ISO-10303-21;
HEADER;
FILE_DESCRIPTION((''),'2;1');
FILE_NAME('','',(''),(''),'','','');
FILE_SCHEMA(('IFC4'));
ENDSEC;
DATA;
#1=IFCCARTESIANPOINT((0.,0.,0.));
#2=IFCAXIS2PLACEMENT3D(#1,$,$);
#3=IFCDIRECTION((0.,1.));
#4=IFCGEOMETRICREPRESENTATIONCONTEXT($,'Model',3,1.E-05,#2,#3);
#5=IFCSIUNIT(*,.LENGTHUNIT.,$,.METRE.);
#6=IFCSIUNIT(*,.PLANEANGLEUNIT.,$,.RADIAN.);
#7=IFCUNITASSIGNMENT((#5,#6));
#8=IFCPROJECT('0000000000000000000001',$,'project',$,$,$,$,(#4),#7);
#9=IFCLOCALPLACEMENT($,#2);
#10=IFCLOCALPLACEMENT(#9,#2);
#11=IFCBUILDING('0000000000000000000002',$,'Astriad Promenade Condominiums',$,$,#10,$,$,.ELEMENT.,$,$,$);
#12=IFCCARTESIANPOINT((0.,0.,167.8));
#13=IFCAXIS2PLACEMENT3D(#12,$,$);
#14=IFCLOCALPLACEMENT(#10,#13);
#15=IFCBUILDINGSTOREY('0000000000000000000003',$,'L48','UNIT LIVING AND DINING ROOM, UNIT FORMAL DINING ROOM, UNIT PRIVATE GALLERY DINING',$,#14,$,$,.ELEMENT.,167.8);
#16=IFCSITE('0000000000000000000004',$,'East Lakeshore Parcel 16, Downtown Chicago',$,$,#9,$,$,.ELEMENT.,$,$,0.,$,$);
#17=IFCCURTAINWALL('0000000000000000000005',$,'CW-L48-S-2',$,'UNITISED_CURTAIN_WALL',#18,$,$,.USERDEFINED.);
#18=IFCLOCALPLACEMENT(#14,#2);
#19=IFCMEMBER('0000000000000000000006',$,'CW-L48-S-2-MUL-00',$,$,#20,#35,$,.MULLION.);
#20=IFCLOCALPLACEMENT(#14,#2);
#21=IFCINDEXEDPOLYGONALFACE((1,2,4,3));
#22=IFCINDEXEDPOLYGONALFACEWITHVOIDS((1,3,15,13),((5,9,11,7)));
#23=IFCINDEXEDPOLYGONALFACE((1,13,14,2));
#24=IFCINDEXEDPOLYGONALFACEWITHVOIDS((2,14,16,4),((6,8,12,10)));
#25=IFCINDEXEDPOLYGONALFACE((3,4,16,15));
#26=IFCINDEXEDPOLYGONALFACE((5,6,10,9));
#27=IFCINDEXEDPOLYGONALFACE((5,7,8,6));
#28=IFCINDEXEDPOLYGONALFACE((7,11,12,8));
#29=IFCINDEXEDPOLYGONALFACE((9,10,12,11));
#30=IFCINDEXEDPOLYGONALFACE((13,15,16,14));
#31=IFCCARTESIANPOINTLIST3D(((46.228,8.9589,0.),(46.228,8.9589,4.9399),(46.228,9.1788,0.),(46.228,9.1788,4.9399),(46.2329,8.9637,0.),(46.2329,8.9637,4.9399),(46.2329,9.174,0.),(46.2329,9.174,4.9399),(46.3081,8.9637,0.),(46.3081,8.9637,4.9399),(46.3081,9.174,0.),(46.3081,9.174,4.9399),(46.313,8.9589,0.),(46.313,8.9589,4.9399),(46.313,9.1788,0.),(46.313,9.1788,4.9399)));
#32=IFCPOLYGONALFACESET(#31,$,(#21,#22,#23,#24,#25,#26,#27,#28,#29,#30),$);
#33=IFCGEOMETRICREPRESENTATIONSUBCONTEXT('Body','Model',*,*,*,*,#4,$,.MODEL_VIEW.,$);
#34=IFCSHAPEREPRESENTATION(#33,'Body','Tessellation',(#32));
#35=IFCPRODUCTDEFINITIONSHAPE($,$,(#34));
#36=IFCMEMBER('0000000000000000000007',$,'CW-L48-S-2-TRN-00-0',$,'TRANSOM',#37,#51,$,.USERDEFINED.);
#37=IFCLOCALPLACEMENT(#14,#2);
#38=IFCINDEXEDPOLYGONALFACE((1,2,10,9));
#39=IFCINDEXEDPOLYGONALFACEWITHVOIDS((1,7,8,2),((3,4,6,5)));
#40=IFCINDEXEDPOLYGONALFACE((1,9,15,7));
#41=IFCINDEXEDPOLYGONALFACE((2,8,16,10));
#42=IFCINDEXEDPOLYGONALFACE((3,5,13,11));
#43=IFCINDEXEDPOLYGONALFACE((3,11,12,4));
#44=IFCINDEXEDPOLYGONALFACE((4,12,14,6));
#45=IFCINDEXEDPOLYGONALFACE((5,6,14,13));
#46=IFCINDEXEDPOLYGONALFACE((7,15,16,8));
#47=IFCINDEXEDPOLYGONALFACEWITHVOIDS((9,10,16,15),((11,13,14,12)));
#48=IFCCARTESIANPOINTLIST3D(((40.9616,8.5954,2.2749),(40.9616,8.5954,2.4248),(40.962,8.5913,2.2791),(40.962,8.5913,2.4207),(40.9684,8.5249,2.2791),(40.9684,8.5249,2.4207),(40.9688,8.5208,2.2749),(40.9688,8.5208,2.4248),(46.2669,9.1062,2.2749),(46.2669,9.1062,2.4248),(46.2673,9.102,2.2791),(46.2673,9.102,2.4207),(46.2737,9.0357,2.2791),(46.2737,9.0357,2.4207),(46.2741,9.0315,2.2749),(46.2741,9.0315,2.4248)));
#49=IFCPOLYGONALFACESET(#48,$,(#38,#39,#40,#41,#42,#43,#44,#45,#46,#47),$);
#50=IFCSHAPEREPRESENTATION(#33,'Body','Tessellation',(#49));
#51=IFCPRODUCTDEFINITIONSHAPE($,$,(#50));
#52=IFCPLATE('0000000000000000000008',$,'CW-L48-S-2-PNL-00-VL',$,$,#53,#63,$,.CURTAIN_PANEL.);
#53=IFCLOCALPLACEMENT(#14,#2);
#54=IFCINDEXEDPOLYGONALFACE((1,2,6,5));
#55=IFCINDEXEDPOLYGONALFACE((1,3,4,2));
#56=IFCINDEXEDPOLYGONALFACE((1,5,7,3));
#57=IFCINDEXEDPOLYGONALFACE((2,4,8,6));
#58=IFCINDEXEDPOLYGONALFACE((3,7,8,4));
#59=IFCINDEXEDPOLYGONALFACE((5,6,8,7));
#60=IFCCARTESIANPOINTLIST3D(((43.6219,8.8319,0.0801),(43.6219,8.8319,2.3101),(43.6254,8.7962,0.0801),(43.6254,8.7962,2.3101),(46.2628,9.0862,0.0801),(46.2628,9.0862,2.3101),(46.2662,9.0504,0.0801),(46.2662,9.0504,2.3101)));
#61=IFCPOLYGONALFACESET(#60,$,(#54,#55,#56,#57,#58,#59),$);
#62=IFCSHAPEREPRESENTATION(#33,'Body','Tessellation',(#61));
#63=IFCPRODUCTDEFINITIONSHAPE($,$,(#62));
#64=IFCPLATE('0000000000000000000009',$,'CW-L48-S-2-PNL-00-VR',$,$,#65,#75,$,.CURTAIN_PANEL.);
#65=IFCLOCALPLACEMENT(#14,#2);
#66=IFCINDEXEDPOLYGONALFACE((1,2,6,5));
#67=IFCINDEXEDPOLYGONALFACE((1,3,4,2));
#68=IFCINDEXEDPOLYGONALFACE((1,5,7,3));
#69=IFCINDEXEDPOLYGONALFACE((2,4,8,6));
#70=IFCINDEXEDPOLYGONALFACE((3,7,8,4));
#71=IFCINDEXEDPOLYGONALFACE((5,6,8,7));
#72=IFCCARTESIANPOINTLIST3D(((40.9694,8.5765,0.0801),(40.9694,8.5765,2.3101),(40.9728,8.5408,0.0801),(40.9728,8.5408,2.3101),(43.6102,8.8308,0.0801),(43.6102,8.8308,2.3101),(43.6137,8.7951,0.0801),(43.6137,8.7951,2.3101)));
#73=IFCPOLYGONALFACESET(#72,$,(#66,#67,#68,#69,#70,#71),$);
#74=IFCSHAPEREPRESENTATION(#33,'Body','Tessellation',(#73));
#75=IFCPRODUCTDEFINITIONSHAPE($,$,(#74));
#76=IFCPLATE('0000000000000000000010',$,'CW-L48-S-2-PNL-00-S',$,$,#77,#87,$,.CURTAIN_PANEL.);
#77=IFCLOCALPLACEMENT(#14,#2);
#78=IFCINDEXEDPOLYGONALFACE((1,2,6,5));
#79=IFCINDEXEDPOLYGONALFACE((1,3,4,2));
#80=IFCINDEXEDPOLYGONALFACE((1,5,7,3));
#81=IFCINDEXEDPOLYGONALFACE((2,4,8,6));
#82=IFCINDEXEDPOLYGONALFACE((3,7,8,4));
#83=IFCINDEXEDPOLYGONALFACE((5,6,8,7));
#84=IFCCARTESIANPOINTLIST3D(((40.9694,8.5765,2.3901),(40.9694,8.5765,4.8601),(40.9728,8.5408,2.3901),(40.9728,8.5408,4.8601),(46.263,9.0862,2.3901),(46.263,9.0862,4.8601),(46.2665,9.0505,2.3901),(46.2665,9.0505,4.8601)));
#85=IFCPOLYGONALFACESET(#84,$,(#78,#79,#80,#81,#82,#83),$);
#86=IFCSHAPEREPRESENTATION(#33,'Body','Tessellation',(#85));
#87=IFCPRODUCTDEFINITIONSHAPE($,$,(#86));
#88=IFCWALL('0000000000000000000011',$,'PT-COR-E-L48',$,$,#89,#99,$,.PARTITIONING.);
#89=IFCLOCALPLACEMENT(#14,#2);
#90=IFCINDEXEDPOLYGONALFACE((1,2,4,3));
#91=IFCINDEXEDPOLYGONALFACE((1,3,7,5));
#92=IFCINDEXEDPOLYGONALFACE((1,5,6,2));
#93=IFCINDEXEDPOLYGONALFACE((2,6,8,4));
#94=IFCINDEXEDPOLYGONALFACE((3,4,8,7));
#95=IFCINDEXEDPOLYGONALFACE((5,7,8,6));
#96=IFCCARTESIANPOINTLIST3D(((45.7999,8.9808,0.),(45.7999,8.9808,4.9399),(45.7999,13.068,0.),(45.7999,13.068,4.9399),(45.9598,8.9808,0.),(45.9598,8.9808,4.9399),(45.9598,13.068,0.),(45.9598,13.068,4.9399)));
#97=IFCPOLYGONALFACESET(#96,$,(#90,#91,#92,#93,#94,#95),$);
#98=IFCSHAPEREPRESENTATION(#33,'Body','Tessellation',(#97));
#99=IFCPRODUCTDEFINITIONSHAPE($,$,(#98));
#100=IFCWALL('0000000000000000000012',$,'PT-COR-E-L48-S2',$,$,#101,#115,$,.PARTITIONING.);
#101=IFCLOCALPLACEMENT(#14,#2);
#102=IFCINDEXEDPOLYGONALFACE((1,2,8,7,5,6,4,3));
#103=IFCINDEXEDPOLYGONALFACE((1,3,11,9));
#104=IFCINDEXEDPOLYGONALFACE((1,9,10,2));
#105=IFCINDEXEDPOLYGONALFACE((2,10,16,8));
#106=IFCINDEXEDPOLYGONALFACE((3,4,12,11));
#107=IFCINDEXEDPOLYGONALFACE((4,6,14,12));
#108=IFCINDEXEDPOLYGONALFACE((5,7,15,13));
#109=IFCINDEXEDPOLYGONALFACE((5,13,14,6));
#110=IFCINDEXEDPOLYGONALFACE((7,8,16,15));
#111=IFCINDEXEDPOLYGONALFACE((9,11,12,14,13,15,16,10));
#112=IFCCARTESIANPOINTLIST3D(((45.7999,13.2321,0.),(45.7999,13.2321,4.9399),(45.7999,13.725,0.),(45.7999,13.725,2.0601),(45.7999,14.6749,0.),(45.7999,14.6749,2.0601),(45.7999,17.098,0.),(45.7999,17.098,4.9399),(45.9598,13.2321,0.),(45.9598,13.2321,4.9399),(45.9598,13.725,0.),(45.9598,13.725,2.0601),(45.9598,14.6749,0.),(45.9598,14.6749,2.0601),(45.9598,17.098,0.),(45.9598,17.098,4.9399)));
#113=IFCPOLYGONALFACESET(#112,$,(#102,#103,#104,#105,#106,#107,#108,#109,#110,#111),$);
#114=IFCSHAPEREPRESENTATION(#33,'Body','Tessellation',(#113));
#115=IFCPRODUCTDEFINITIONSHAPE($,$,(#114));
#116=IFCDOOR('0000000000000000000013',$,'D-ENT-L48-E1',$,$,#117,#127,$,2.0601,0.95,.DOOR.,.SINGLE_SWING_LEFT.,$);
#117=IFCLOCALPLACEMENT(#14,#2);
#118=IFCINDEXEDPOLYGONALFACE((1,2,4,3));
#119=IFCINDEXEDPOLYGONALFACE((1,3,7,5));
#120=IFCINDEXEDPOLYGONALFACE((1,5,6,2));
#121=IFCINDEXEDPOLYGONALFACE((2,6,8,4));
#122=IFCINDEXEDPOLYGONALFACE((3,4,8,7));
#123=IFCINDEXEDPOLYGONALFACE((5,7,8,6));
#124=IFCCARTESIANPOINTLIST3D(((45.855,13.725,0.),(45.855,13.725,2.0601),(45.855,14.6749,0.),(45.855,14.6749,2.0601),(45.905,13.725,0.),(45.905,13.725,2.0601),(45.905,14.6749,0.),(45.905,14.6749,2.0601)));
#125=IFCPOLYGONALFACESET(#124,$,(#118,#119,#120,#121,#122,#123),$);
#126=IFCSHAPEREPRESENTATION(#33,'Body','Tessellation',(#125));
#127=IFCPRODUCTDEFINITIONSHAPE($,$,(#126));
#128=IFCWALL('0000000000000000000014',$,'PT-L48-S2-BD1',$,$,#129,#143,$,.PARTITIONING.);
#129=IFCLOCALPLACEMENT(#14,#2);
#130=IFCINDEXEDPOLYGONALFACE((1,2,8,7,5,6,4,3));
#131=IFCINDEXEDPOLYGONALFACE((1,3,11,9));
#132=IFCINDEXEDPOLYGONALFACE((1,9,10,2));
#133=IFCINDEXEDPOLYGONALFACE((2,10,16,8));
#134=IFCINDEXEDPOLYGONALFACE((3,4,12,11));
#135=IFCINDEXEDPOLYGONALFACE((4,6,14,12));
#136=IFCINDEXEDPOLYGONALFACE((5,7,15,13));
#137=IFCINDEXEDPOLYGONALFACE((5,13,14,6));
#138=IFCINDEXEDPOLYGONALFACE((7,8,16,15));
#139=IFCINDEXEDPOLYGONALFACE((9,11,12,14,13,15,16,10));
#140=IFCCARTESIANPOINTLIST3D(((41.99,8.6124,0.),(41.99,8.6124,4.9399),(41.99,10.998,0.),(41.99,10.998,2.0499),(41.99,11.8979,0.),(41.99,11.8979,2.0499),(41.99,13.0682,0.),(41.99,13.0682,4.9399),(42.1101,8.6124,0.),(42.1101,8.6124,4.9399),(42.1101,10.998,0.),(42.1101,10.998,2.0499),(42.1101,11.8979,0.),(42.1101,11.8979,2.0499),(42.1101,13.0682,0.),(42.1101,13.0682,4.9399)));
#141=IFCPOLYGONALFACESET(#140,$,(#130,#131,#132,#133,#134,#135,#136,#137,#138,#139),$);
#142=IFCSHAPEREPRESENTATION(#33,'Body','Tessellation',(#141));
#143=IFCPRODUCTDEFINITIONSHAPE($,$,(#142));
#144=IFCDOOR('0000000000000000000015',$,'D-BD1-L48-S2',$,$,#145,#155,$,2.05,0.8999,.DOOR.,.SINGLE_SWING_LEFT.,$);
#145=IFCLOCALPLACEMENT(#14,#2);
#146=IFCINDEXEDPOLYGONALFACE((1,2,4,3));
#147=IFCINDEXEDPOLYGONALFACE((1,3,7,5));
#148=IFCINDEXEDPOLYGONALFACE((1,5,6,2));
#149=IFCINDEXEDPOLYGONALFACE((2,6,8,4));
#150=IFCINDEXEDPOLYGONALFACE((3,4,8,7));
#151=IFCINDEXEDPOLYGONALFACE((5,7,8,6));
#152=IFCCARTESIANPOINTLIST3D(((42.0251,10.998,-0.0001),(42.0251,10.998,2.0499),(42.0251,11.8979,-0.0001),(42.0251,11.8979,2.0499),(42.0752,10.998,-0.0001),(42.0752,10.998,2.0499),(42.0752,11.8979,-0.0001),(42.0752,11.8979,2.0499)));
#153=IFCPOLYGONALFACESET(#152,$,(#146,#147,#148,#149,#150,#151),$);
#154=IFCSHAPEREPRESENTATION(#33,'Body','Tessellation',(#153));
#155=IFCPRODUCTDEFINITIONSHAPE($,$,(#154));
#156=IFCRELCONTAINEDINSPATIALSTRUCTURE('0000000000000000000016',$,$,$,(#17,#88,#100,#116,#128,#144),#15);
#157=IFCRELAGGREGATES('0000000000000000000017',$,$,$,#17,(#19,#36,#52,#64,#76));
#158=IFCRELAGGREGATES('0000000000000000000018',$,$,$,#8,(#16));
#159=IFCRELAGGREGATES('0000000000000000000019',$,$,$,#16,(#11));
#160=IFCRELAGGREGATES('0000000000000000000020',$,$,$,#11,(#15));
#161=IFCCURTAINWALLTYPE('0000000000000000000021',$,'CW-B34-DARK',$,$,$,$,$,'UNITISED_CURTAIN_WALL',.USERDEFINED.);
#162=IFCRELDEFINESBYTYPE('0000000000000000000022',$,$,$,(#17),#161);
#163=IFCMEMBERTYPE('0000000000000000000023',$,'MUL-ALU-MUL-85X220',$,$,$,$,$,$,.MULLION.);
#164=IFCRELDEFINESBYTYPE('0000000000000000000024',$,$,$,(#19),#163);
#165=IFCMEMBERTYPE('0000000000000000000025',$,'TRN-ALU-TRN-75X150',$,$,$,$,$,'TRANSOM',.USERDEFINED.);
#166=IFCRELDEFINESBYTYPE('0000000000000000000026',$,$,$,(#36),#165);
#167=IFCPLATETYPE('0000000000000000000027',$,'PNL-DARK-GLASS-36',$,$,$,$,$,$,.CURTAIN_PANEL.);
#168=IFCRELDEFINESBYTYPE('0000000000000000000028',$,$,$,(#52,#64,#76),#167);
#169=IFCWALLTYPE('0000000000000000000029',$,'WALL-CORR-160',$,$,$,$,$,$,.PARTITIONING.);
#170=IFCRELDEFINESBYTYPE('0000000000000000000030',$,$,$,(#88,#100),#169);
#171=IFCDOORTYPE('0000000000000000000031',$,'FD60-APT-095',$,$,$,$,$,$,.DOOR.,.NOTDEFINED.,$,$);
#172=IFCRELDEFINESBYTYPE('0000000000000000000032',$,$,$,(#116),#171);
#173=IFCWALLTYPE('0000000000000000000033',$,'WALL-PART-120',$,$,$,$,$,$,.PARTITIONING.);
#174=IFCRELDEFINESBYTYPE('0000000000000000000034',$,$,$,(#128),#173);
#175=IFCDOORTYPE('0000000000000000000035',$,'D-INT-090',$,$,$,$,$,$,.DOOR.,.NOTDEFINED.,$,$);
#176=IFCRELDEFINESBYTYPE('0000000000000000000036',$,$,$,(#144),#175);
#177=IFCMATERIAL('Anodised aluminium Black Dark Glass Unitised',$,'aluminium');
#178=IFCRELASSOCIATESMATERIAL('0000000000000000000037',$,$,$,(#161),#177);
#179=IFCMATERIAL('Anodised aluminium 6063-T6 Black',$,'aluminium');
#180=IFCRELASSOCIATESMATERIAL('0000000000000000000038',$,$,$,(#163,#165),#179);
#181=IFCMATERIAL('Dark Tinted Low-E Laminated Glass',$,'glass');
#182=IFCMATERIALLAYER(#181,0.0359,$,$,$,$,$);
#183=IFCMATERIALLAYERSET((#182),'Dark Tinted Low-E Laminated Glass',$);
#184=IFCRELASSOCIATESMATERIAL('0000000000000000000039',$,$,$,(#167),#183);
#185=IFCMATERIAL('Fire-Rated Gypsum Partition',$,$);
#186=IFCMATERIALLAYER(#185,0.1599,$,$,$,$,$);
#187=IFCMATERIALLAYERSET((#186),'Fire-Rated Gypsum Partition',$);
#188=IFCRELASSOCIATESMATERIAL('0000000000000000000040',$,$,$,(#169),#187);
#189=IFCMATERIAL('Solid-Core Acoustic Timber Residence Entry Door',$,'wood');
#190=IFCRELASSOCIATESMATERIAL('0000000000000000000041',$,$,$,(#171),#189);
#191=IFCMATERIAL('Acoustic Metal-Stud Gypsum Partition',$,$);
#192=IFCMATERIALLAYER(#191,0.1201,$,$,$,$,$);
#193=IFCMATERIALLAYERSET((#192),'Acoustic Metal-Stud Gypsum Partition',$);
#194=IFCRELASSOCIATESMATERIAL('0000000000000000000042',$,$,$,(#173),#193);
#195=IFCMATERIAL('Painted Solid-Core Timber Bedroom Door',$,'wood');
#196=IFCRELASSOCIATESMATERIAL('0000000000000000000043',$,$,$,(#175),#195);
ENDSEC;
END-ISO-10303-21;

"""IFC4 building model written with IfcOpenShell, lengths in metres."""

from ifc_helpers import new_model, si_unit, direction, frame, frame_2d, origin, origin_2d, place, context, subcontext, project, spatial, rectangle, hollow_rectangle, extrude, source, transform, mapped, material, layer, layer_set, material_profile, profile_set, type_object, type_shapes, element, fill, aggregate, save


model = new_model("IFC4")

# Units and contexts
model_context = context("Model", 3, precision=1e-05, world=origin(), true_north=direction((0.0, 1.0)))
body_context = subcontext(model_context, "Body", "Model", "MODEL_VIEW")
ifc_project = project(units=[si_unit("LENGTHUNIT", "METRE"), si_unit("PLANEANGLEUNIT", "RADIAN")], contexts=[model_context])

# Site, building, storey
site_placement = place(None, origin())
site = spatial("IfcSite", under=ifc_project, at=site_placement, Name="East Lakeshore Parcel 16, Downtown Chicago", CompositionType="ELEMENT", RefElevation=0.0)
building_placement = place(site_placement, origin())
building = spatial("IfcBuilding", under=site, at=building_placement, Name="Astriad Promenade Condominiums", CompositionType="ELEMENT")
storey_placement = place(building_placement, frame((0.0, 0.0, 167.8)))
storey = spatial("IfcBuildingStorey", under=building, at=storey_placement, Name="L48", Description="UNIT LIVING AND DINING ROOM, UNIT FORMAL DINING ROOM, UNIT PRIVATE GALLERY DINING", CompositionType="ELEMENT", Elevation=167.8)

# Curtain wall, members, plates
ifc_material_1 = material(Name="Anodised aluminium Black Dark Glass Unitised", Category="aluminium")
curtain_wall_type = type_object("IfcCurtainWallType", Name="CW-B34-DARK", ElementType="UNITISED_CURTAIN_WALL", PredefinedType="USERDEFINED", material=ifc_material_1)
curtain_wall_placement = place(storey_placement, origin())
curtain_wall = element("IfcCurtainWall", 1, at=curtain_wall_placement, inside=storey, type_object=curtain_wall_type, Name="CW-L48-S-2", ObjectType="UNITISED_CURTAIN_WALL", PredefinedType="USERDEFINED")
ifc_material_2 = material(Name="Anodised aluminium 6063-T6 Black", Category="aluminium")
ifc_material_profile_1 = material_profile(ifc_material_2, hollow_rectangle(XDim=0.085, YDim=0.22, WallThickness=0.0049, at=origin_2d()), Name="ALU-MUL-85X220")
ifc_profile_set_1 = profile_set([ifc_material_profile_1], Name="Anodised aluminium 6063-T6 Black")
member_type_1 = type_object("IfcMemberType", Name="MUL-ALU-MUL-85X220", PredefinedType="MULLION", material=ifc_profile_set_1)
shared_shape_1 = source(origin(), body_context, "Body", "SweptSolid", [
    extrude(hollow_rectangle(XDim=0.085, YDim=0.22, WallThickness=0.0049, at=origin_2d()), origin(), (0.0, 0.0, 1.0), 4.9399),
])
type_shapes(member_type_1, [shared_shape_1])
member_1_placement = place(storey_placement, frame((46.2705, 9.0688, 0.0), z_axis=(0.0, 0.0, 1.0), x_axis=(1.0, 0.0, 0.0)))
member_1 = element("IfcMember", 2, at=member_1_placement, type_object=member_type_1, Name="CW-L48-S-2-MUL-00", PredefinedType="MULLION", context=body_context, shape_type="MappedRepresentation", body=[
    mapped(shared_shape_1, transform((0.0, 0.0, 0.0), scale=1.0)),
])
ifc_material_profile_2 = material_profile(ifc_material_2, hollow_rectangle(XDim=0.075, YDim=0.1499, WallThickness=0.0042, at=origin_2d()), Name="ALU-TRN-75X150")
ifc_profile_set_2 = profile_set([ifc_material_profile_2], Name="Anodised aluminium 6063-T6 Black")
member_type_2 = type_object("IfcMemberType", Name="TRN-ALU-TRN-75X150", ElementType="TRANSOM", PredefinedType="USERDEFINED", material=ifc_profile_set_2)
shared_shape_2 = source(origin(), body_context, "Body", "SweptSolid", [
    extrude(hollow_rectangle(XDim=0.075, YDim=0.1499, WallThickness=0.0042, at=origin_2d()), origin(), (0.0, 0.0, 1.0), 5.3298),
])
type_shapes(member_type_2, [shared_shape_2])
member_2_placement = place(storey_placement, frame((46.2705, 9.0688, 2.3499), z_axis=(-0.995398, -0.095825, 0.0), x_axis=(0.095825, -0.995398, 0.0)))
member_2 = element("IfcMember", 3, at=member_2_placement, type_object=member_type_2, Name="CW-L48-S-2-TRN-00-0", ObjectType="TRANSOM", PredefinedType="USERDEFINED", context=body_context, shape_type="MappedRepresentation", body=[
    mapped(shared_shape_2, transform((0.0, 0.0, 0.0), scale=1.0)),
])
ifc_material_3 = material(Name="Dark Tinted Low-E Laminated Glass", Category="glass")
ifc_layer_1 = layer(ifc_material_3, 0.0359)
ifc_layer_set_1 = layer_set([ifc_layer_1], Name="Dark Tinted Low-E Laminated Glass")
plate_type = type_object("IfcPlateType", Name="PNL-DARK-GLASS-36", PredefinedType="CURTAIN_PANEL", material=ifc_layer_set_1)
shared_shape_3 = source(origin(), body_context, "Body", "SweptSolid", [
    extrude(rectangle(XDim=2.6531, YDim=0.0359, at=origin_2d()), origin(), (0.0, 0.0, 1.0), 2.23),
])
plate_1_placement = place(storey_placement, frame((44.9441, 8.9412, 0.0801), z_axis=(0.0, 0.0, 1.0), x_axis=(-0.995396, -0.095846, 0.0)))
plate_1 = element("IfcPlate", 4, at=plate_1_placement, type_object=plate_type, Name="CW-L48-S-2-PNL-00-VL", PredefinedType="CURTAIN_PANEL", context=body_context, shape_type="MappedRepresentation", body=[
    mapped(shared_shape_3, transform((0.0, 0.0, 0.0), scale=1.0)),
])
plate_2_placement = place(storey_placement, frame((42.2915, 8.6858, 0.0801), z_axis=(0.0, 0.0, 1.0), x_axis=(-0.995396, -0.095846, 0.0)))
plate_2 = element("IfcPlate", 5, at=plate_2_placement, type_object=plate_type, Name="CW-L48-S-2-PNL-00-VR", PredefinedType="CURTAIN_PANEL", context=body_context, shape_type="MappedRepresentation", body=[
    mapped(shared_shape_3, transform((0.0, 0.0, 0.0), scale=1.0)),
])
shared_shape_4 = source(origin(), body_context, "Body", "SweptSolid", [
    extrude(rectangle(XDim=5.3181, YDim=0.0359, at=origin_2d()), origin(), (0.0, 0.0, 1.0), 2.47),
])
type_shapes(plate_type, [shared_shape_3, shared_shape_4])
plate_3_placement = place(storey_placement, frame((43.6179, 8.8135, 2.3901), z_axis=(0.0, 0.0, 1.0), x_axis=(-0.995396, -0.095846, 0.0)))
plate_3 = element("IfcPlate", 6, at=plate_3_placement, type_object=plate_type, Name="CW-L48-S-2-PNL-00-S", PredefinedType="CURTAIN_PANEL", context=body_context, shape_type="MappedRepresentation", body=[
    mapped(shared_shape_4, transform((0.0, 0.0, 0.0), scale=1.0)),
])
aggregate(curtain_wall, [member_1, member_2, plate_1, plate_2, plate_3])

# Wall
ifc_material_4 = material(Name="Fire-Rated Gypsum Partition")
ifc_layer_2 = layer(ifc_material_4, 0.1599)
ifc_layer_set_2 = layer_set([ifc_layer_2], Name="Fire-Rated Gypsum Partition")
wall_type_1 = type_object("IfcWallType", Name="WALL-CORR-160", PredefinedType="PARTITIONING", material=ifc_layer_set_2)
wall_1_placement = place(storey_placement, frame((45.8799, 8.981, 0.0), z_axis=(0.0, 0.0, 1.0), x_axis=(0.0, 1.0, 0.0)))
element("IfcWall", 7, at=wall_1_placement, inside=storey, type_object=wall_type_1, Name="PT-COR-E-L48", PredefinedType="PARTITIONING", context=body_context, shape_type="SweptSolid", body=[
    extrude(rectangle(XDim=4.0872, YDim=0.1599, at=frame_2d((2.0435, 0.0))), origin(), (0.0, 0.0, 1.0), 4.9399),
])

# Walls, openings, doors
wall_2_placement = place(storey_placement, frame((45.8799, 13.2319, 0.0), z_axis=(0.0, 0.0, 1.0), x_axis=(0.0, 1.0, 0.0)))
wall_2 = element("IfcWall", 8, at=wall_2_placement, inside=storey, type_object=wall_type_1, Name="PT-COR-E-L48-S2", PredefinedType="PARTITIONING", context=body_context, shape_type="SweptSolid", body=[
    extrude(rectangle(XDim=3.866, YDim=0.1599, at=frame_2d((1.9331, 0.0))), origin(), (0.0, 0.0, 1.0), 4.9399),
])
opening_1_placement = place(wall_2_placement, frame((0.4929, 0.0, 0.0)))
opening_1 = element("IfcOpeningElement", 9, at=opening_1_placement, cuts=wall_2, PredefinedType="OPENING", context=body_context, shape_type="SweptSolid", body=[
    extrude(rectangle(XDim=0.95, YDim=2.0601, at=frame_2d((0.4751, 1.03))), frame((0.0, 0.0898, 0.0), z_axis=(0.0, -1.0, 0.0), x_axis=(1.0, 0.0, 0.0)), (0.0, 0.0, 1.0), 0.1799),
])
ifc_material_5 = material(Name="Solid-Core Acoustic Timber Residence Entry Door", Category="wood")
door_type_1 = type_object("IfcDoorType", Name="FD60-APT-095", OperationType="NOTDEFINED", PredefinedType="DOOR", material=ifc_material_5)
shared_shape_5 = source(origin(), body_context, "Body", "SweptSolid", [
    extrude(rectangle(XDim=0.95, YDim=2.0601, at=frame_2d((0.4751, 1.03))), frame((0.0, 0.0249, 0.0), z_axis=(0.0, -1.0, 0.0), x_axis=(1.0, 0.0, 0.0)), (0.0, 0.0, 1.0), 0.05),
])
type_shapes(door_type_1, [shared_shape_5])
door_1_placement = place(opening_1_placement, origin())
door_1 = element("IfcDoor", 10, at=door_1_placement, inside=storey, type_object=door_type_1, Name="D-ENT-L48-E1", OperationType="SINGLE_SWING_LEFT", OverallHeight=2.0601, OverallWidth=0.95, PredefinedType="DOOR", context=body_context, shape_type="MappedRepresentation", body=[
    mapped(shared_shape_5, transform((0.0, 0.0, 0.0), scale=1.0)),
])
fill(opening_1, door_1)
ifc_material_6 = material(Name="Acoustic Metal-Stud Gypsum Partition")
ifc_layer_3 = layer(ifc_material_6, 0.1201)
ifc_layer_set_3 = layer_set([ifc_layer_3], Name="Acoustic Metal-Stud Gypsum Partition")
wall_type_2 = type_object("IfcWallType", Name="WALL-PART-120", PredefinedType="PARTITIONING", material=ifc_layer_set_3)
wall_3_placement = place(storey_placement, frame((42.05, 8.6123, 0.0), z_axis=(0.0, 0.0, 1.0), x_axis=(0.0, 1.0, 0.0)))
wall_3 = element("IfcWall", 11, at=wall_3_placement, inside=storey, type_object=wall_type_2, Name="PT-L48-S2-BD1", PredefinedType="PARTITIONING", context=body_context, shape_type="SweptSolid", body=[
    extrude(rectangle(XDim=4.4558, YDim=0.1201, at=frame_2d((2.228, 0.0))), origin(), (0.0, 0.0, 1.0), 4.9399),
])
opening_2_placement = place(wall_3_placement, frame((2.3857, 0.0, 0.0)))
opening_2 = element("IfcOpeningElement", 12, at=opening_2_placement, cuts=wall_3, PredefinedType="OPENING", context=body_context, shape_type="SweptSolid", body=[
    extrude(rectangle(XDim=0.8999, YDim=2.05, at=frame_2d((0.45, 1.0249))), frame((0.0, 0.0701, 0.0), z_axis=(0.0, -1.0, 0.0), x_axis=(1.0, 0.0, 0.0)), (0.0, 0.0, 1.0), 0.1401),
])
ifc_material_7 = material(Name="Painted Solid-Core Timber Bedroom Door", Category="wood")
door_type_2 = type_object("IfcDoorType", Name="D-INT-090", OperationType="NOTDEFINED", PredefinedType="DOOR", material=ifc_material_7)
shared_shape_6 = source(origin(), body_context, "Body", "SweptSolid", [
    extrude(rectangle(XDim=0.8999, YDim=2.05, at=frame_2d((0.45, 1.0249))), frame((0.0, 0.0249, 0.0), z_axis=(0.0, -1.0, 0.0), x_axis=(1.0, 0.0, 0.0)), (0.0, 0.0, 1.0), 0.05),
])
type_shapes(door_type_2, [shared_shape_6])
door_2_placement = place(opening_2_placement, origin())
door_2 = element("IfcDoor", 13, at=door_2_placement, inside=storey, type_object=door_type_2, Name="D-BD1-L48-S2", OperationType="SINGLE_SWING_LEFT", OverallHeight=2.05, OverallWidth=0.8999, PredefinedType="DOOR", context=body_context, shape_type="MappedRepresentation", body=[
    mapped(shared_shape_6, transform((0.0, 0.0, 0.0), scale=1.0)),
])
fill(opening_2, door_2)

save(model, "model.ifc")
